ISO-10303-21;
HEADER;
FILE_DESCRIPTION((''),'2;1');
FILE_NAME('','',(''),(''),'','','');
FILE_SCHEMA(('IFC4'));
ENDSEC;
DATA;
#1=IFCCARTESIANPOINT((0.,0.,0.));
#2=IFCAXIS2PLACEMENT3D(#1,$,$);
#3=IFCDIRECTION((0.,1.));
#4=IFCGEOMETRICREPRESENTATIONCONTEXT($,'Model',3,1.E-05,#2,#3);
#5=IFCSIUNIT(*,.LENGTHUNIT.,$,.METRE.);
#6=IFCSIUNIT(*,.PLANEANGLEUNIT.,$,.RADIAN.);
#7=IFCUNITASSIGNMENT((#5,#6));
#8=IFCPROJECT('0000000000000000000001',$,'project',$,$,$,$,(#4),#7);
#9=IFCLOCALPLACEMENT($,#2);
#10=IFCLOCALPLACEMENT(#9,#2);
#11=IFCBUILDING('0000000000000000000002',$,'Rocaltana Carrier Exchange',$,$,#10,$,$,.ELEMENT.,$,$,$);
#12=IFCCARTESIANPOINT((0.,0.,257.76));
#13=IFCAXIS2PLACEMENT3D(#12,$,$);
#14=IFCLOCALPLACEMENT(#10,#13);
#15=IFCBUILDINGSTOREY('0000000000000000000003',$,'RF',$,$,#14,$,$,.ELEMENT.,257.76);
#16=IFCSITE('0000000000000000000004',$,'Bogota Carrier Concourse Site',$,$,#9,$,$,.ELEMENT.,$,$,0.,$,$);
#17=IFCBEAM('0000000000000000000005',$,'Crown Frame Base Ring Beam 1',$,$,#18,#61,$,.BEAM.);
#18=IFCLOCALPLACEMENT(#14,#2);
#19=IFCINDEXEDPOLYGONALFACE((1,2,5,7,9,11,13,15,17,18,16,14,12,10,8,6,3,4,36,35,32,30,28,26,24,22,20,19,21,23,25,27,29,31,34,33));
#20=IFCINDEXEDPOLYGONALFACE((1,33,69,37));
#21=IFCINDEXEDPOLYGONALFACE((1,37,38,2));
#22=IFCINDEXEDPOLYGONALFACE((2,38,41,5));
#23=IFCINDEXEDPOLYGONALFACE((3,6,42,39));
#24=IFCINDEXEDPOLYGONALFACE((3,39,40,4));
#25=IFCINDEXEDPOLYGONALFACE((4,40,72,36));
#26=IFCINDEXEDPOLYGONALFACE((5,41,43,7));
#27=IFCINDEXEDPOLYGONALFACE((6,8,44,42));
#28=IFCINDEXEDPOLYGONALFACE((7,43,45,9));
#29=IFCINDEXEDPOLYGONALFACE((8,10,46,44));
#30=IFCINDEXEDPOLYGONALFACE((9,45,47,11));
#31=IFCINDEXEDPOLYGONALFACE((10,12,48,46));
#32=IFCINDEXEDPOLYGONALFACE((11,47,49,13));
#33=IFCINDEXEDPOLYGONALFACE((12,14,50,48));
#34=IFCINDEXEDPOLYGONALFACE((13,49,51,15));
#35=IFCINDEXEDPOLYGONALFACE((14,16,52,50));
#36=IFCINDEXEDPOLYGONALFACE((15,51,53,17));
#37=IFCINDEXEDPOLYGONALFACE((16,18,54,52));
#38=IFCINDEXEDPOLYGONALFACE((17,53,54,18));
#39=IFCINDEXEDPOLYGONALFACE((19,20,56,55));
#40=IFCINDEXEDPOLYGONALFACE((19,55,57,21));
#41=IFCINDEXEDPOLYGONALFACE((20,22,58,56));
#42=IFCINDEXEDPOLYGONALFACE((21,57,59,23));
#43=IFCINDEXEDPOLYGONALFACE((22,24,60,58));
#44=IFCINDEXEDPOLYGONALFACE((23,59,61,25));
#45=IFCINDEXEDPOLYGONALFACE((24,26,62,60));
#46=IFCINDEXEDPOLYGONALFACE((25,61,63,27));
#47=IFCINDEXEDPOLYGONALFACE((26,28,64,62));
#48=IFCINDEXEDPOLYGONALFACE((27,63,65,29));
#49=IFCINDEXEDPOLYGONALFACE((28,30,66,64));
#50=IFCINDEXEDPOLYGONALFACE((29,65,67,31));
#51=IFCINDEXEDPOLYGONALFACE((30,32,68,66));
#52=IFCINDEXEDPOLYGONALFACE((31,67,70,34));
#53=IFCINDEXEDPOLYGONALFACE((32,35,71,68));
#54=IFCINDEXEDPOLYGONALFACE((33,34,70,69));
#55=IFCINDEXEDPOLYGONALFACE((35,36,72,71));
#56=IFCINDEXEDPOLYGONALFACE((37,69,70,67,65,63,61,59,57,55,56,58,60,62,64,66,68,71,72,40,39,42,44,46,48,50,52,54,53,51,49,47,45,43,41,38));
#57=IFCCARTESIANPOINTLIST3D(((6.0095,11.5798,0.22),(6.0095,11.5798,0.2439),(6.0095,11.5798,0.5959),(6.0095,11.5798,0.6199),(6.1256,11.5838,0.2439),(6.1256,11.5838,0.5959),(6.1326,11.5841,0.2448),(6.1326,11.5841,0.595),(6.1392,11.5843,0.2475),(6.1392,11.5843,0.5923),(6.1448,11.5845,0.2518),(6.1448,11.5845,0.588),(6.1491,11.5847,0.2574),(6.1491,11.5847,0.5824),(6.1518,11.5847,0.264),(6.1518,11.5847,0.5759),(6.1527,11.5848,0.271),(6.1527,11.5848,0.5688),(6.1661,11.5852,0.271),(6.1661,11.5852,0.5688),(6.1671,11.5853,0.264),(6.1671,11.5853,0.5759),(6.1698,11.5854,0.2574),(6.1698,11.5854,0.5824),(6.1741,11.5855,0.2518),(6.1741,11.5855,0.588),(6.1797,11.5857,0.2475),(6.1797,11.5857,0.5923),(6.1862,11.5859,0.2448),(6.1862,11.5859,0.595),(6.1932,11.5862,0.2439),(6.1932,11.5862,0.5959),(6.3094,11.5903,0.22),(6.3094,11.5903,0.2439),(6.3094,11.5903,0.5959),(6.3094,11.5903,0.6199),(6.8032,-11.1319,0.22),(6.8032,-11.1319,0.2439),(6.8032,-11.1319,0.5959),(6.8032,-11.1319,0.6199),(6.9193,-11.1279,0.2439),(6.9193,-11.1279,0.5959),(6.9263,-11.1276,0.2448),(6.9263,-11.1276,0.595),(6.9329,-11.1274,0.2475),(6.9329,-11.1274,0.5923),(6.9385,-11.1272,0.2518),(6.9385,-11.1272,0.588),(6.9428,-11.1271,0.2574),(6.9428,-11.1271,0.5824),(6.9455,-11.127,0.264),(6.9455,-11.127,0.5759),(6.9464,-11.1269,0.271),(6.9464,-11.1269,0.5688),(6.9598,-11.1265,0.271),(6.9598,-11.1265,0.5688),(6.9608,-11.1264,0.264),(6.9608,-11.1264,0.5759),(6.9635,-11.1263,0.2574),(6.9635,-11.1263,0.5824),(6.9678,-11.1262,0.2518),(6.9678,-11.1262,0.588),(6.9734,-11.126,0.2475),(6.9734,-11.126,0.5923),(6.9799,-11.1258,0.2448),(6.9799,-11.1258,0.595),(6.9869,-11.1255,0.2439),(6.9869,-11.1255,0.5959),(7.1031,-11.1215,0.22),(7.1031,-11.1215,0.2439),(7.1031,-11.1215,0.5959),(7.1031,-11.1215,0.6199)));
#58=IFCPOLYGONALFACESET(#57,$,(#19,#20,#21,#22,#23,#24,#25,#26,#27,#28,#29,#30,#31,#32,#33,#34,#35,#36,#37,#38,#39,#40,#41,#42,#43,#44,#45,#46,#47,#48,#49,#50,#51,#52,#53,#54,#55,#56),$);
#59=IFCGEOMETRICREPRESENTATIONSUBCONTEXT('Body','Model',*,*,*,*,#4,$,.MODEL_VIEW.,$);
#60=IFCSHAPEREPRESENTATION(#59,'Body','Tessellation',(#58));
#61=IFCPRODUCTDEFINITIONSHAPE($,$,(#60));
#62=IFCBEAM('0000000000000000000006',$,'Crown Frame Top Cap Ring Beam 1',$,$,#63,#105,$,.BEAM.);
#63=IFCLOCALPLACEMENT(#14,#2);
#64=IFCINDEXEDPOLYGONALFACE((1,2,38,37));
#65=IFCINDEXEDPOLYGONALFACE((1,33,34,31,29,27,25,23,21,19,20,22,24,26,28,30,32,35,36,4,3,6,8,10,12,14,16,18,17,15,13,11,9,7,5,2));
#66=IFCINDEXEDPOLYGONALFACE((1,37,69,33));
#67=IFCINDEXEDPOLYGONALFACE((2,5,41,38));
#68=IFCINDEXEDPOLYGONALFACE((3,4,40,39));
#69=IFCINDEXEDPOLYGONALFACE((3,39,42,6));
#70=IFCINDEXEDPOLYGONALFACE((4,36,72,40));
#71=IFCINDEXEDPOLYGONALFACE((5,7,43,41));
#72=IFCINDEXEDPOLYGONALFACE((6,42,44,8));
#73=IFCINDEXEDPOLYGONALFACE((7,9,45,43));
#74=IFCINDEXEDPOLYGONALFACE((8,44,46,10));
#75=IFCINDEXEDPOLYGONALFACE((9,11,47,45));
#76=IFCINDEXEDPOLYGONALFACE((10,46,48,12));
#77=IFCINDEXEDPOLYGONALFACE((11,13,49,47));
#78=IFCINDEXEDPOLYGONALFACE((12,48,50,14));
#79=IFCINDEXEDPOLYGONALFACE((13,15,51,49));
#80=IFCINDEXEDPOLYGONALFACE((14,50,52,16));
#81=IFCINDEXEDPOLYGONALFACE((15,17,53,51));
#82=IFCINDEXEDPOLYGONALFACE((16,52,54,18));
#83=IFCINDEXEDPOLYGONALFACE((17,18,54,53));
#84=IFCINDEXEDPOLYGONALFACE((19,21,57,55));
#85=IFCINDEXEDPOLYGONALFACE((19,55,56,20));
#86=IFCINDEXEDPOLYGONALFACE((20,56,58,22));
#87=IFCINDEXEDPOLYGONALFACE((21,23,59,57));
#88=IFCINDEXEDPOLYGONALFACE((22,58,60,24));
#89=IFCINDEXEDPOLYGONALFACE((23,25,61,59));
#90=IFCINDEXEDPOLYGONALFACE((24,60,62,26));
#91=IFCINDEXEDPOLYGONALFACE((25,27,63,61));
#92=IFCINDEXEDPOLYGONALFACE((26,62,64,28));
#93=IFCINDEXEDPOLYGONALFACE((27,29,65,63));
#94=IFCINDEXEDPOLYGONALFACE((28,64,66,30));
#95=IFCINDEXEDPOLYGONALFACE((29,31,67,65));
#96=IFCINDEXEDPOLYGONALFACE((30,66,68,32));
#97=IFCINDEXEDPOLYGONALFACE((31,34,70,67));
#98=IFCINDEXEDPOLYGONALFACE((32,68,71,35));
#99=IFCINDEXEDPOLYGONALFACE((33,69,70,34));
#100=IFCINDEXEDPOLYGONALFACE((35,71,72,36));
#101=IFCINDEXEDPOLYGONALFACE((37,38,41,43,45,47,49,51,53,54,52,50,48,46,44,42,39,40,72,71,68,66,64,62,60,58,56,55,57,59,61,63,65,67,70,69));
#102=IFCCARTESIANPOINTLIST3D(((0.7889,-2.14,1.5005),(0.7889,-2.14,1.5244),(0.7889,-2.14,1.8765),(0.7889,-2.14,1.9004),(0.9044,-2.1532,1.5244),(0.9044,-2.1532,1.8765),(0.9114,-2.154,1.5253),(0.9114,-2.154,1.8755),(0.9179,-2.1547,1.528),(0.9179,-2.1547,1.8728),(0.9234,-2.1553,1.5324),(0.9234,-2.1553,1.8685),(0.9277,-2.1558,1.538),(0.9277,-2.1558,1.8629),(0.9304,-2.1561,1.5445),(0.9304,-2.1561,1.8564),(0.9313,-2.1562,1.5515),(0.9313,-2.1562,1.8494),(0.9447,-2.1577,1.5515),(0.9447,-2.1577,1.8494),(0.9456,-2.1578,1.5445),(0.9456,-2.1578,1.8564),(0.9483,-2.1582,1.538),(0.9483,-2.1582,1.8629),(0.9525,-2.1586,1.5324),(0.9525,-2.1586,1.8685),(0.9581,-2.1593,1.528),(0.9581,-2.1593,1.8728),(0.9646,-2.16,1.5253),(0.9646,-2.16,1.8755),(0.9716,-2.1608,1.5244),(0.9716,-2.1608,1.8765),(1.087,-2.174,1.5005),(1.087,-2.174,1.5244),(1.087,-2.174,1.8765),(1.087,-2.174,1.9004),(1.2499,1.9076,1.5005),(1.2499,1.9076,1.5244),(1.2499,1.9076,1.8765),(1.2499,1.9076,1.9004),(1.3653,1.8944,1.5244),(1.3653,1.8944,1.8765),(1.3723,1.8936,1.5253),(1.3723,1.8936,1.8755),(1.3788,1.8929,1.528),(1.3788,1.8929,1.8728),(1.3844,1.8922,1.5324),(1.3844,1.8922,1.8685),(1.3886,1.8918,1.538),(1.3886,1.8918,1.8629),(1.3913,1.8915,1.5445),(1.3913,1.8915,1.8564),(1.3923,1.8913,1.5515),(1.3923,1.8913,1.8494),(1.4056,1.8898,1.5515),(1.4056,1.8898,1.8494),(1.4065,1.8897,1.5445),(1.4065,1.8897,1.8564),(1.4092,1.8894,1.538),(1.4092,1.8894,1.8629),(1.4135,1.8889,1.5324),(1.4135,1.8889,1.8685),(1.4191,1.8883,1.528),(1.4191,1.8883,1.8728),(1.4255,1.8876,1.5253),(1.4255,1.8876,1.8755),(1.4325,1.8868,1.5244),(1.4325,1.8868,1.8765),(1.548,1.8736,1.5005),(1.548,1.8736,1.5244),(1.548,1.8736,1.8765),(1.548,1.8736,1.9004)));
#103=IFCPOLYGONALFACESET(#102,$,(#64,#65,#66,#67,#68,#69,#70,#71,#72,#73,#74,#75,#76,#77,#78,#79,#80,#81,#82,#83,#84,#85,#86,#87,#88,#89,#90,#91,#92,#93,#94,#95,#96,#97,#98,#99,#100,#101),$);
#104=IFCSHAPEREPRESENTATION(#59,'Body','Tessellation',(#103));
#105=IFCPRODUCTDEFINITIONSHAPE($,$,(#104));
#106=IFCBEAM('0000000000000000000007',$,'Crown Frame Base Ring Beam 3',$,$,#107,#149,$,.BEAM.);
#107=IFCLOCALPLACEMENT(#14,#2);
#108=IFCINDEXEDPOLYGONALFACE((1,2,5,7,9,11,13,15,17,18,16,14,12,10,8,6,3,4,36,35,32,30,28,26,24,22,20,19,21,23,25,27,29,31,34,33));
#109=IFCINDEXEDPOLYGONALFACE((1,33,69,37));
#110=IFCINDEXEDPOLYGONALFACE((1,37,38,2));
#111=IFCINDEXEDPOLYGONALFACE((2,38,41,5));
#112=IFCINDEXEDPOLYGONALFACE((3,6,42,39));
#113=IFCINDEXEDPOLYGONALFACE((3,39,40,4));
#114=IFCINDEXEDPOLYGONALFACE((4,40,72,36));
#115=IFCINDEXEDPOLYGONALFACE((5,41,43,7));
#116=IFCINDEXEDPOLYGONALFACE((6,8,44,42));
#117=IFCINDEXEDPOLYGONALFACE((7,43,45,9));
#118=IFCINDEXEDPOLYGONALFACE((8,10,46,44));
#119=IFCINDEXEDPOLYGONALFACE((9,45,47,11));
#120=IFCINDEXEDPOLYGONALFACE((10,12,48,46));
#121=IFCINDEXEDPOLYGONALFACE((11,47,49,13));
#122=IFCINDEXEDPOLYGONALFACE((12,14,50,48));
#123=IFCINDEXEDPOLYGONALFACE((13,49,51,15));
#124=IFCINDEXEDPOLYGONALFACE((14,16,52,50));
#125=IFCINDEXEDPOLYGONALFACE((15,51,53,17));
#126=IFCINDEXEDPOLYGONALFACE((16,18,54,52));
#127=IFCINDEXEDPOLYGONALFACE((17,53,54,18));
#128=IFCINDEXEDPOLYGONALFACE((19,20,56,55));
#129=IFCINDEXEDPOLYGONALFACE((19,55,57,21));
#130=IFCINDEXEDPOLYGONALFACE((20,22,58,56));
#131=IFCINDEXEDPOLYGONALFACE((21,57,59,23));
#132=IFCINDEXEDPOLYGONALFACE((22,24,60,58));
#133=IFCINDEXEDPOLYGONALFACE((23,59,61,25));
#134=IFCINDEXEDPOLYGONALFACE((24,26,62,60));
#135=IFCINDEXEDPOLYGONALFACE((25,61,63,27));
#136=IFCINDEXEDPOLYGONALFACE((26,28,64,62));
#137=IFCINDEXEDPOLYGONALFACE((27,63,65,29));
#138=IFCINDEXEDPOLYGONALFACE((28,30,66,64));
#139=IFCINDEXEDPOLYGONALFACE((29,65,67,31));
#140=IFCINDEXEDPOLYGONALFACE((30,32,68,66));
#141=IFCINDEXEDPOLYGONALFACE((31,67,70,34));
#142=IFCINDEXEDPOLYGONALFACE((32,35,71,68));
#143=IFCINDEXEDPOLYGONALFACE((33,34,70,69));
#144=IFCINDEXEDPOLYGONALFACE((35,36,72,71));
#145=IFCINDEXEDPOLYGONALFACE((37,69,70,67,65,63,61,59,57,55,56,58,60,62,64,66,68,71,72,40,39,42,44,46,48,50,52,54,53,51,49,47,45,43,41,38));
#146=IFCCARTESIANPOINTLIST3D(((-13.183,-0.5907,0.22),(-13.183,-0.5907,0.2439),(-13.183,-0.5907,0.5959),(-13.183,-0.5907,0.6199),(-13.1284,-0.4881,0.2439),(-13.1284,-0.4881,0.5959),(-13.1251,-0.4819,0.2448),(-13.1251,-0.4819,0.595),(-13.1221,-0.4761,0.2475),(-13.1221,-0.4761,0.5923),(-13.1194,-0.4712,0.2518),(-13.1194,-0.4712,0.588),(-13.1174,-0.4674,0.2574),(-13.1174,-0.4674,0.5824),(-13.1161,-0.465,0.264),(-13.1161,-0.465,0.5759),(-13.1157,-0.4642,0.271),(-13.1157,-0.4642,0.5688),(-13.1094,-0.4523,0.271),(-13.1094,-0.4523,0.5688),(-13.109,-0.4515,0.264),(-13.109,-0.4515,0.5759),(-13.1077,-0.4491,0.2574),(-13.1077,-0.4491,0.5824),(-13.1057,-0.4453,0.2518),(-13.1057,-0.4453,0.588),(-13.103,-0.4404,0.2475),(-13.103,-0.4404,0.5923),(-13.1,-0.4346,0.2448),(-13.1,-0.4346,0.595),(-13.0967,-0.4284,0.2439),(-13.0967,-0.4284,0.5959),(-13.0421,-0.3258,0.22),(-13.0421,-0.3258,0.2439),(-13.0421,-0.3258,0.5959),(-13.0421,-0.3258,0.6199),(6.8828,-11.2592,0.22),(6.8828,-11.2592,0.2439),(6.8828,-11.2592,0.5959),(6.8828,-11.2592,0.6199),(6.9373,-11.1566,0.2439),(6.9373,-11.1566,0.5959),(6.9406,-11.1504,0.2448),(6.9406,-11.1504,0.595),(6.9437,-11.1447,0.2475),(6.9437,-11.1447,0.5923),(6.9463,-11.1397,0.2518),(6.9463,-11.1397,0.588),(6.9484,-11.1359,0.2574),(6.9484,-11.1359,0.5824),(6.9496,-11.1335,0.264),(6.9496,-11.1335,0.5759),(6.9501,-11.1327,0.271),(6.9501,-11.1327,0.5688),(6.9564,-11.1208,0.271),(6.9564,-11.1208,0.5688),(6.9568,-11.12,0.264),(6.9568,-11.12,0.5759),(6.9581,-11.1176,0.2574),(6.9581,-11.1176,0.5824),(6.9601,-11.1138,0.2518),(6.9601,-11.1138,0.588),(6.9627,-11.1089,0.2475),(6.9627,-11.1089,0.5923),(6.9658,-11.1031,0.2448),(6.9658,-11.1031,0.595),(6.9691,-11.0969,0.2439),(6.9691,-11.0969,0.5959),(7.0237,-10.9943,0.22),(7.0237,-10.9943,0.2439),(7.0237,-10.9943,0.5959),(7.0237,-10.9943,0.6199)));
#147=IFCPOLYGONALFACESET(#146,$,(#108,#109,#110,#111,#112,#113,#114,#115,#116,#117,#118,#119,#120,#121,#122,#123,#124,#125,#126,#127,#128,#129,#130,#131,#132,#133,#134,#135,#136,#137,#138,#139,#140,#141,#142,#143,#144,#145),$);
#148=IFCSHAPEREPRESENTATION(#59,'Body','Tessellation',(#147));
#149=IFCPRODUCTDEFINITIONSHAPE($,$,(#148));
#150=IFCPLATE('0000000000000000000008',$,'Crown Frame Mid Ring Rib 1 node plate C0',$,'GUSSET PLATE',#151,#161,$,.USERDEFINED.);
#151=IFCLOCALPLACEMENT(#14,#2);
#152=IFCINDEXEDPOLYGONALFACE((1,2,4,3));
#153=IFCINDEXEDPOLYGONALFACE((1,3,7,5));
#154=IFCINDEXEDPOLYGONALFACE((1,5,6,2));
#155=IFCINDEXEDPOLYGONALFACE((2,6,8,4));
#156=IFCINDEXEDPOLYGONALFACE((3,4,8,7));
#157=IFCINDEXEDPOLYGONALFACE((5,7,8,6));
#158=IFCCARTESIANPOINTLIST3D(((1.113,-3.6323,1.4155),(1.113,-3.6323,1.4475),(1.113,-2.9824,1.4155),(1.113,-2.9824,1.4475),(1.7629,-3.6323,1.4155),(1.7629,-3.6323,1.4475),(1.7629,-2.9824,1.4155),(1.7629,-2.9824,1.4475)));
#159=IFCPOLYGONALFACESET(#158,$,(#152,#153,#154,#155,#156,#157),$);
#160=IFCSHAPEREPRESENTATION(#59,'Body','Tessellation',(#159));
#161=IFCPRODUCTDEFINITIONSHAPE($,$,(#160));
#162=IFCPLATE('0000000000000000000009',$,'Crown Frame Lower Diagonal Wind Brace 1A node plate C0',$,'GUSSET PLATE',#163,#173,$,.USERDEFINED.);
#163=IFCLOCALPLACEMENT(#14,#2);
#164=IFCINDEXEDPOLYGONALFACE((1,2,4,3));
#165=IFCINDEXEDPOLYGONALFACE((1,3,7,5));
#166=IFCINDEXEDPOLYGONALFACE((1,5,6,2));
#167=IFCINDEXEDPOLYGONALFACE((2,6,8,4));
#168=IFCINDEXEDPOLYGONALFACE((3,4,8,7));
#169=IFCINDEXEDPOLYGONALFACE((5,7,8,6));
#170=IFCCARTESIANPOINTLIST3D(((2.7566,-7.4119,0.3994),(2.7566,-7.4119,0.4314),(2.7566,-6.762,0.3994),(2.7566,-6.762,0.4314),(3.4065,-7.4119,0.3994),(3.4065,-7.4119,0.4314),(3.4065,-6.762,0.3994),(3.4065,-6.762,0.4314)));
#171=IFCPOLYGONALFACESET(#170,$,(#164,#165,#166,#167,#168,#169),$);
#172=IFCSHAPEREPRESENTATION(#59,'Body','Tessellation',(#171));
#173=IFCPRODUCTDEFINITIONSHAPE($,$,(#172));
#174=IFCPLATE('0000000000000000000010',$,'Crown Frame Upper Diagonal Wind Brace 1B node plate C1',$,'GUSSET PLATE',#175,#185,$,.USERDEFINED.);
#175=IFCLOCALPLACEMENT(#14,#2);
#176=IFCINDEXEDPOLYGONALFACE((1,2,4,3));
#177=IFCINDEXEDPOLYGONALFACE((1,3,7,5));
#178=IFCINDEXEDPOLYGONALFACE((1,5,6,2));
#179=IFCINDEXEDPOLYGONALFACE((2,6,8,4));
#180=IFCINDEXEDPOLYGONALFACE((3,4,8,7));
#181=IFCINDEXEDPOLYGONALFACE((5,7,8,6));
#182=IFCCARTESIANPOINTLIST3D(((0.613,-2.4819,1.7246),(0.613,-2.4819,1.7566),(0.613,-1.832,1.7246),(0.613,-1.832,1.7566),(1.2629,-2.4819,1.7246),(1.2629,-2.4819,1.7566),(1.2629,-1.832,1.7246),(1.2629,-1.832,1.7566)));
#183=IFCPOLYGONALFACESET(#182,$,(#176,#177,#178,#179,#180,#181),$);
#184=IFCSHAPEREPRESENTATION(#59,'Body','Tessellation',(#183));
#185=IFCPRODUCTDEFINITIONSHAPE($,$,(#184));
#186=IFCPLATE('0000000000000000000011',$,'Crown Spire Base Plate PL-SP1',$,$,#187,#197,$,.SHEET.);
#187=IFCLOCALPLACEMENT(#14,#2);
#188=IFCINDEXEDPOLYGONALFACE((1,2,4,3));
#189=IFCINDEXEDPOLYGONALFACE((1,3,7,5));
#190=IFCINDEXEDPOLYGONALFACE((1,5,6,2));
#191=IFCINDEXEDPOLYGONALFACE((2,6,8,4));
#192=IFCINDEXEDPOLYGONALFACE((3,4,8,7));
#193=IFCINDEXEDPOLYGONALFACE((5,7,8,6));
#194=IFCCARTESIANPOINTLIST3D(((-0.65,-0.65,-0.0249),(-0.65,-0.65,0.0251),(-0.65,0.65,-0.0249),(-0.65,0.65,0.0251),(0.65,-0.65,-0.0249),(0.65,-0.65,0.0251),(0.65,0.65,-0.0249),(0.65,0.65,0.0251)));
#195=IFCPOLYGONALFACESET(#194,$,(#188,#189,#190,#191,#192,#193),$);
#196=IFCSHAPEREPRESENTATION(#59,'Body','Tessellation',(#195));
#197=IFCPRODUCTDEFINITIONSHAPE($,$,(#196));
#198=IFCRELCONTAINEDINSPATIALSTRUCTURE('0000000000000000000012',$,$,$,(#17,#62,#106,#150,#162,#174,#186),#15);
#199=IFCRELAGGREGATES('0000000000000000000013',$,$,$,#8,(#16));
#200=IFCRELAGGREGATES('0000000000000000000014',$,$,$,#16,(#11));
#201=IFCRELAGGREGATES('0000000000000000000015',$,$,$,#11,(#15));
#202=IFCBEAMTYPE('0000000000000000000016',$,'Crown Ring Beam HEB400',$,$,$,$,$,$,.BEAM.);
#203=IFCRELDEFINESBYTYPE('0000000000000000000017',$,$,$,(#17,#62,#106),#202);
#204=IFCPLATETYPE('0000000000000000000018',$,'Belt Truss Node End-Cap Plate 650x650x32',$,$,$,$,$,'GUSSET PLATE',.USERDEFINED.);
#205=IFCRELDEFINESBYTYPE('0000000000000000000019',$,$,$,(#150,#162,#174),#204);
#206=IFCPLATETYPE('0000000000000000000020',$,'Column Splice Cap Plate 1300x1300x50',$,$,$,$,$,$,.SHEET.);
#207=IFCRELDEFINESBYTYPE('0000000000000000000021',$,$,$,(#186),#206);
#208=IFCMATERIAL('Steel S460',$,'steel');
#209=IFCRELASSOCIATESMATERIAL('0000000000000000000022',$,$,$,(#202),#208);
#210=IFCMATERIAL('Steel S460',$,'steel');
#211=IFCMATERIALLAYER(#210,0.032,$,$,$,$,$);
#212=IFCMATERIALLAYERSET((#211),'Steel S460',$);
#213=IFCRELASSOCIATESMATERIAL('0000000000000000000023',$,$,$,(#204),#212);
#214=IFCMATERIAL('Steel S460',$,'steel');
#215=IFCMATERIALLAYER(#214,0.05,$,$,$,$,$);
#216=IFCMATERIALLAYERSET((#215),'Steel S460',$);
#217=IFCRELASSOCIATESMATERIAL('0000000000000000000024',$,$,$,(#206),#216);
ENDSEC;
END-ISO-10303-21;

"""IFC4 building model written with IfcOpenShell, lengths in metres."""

from ifc_helpers import new_model, si_unit, direction, frame, origin, origin_2d, place, context, subcontext, project, spatial, rectangle, i_section, extrude, material, layer, layer_set, material_profile, profile_set, type_object, element, save


model = new_model("IFC4")

# Units and contexts
model_context = context("Model", 3, precision=1e-05, world=origin(), true_north=direction((0.0, 1.0)))
body_context = subcontext(model_context, "Body", "Model", "MODEL_VIEW")
ifc_project = project(units=[si_unit("LENGTHUNIT", "METRE"), si_unit("PLANEANGLEUNIT", "RADIAN")], contexts=[model_context])

# Site, building, storey
site_placement = place(None, origin())
site = spatial("IfcSite", under=ifc_project, at=site_placement, Name="Bogota Carrier Concourse Site", CompositionType="ELEMENT", RefElevation=0.0)
building_placement = place(site_placement, origin())
building = spatial("IfcBuilding", under=site, at=building_placement, Name="Rocaltana Carrier Exchange", CompositionType="ELEMENT")
storey_placement = place(building_placement, frame((0.0, 0.0, 257.76)))
storey = spatial("IfcBuildingStorey", under=building, at=storey_placement, Name="RF", CompositionType="ELEMENT", Elevation=257.76)

# Beams
ifc_material_1 = material(Name="Steel S460", Category="steel")
ifc_material_profile_1 = material_profile(ifc_material_1, i_section(OverallWidth=0.3, OverallDepth=0.3999, WebThickness=0.0134, FlangeThickness=0.0239, FilletRadius=0.0271, at=origin_2d()), Name="HEB400")
ifc_profile_set_1 = profile_set([ifc_material_profile_1], Name="Steel S460")
beam_type_1 = type_object("IfcBeamType", Name="Crown Ring Beam HEB400", PredefinedType="BEAM", material=ifc_profile_set_1)
beam_1_placement = place(storey_placement, frame((6.9531, -11.1267, 0.4199), z_axis=(-0.034926, 0.99939, 0.0), x_axis=(-0.99939, -0.034926, 0.0)))
element("IfcBeam", 1, at=beam_1_placement, inside=storey, type_object=beam_type_1, Name="Crown Frame Base Ring Beam 1", PredefinedType="BEAM", context=body_context, shape_type="SweptSolid", body=[
    extrude(i_section(OverallWidth=0.3, OverallDepth=0.3999, WebThickness=0.0134, FlangeThickness=0.0239, FilletRadius=0.0271, at=origin_2d()), origin(), (0.0, 0.0, 1.0), 22.7256),
])
beam_2_placement = place(storey_placement, frame((0.938, -2.157, 1.7004), z_axis=(0.113148, 0.993578, 0.0), x_axis=(-0.993578, 0.113148, 0.0)))
element("IfcBeam", 2, at=beam_2_placement, inside=storey, type_object=beam_type_1, Name="Crown Frame Top Cap Ring Beam 1", PredefinedType="BEAM", context=body_context, shape_type="SweptSolid", body=[
    extrude(i_section(OverallWidth=0.3, OverallDepth=0.3999, WebThickness=0.0134, FlangeThickness=0.0239, FilletRadius=0.0271, at=origin_2d()), origin(), (0.0, 0.0, 1.0), 4.0737),
])
beam_3_placement = place(storey_placement, frame((-13.1125, -0.4583, 0.4199), z_axis=(0.882959, -0.469449, 0.0), x_axis=(0.469449, 0.882959, 0.0)))
element("IfcBeam", 3, at=beam_3_placement, inside=storey, type_object=beam_type_1, Name="Crown Frame Base Ring Beam 3", PredefinedType="BEAM", context=body_context, shape_type="SweptSolid", body=[
    extrude(i_section(OverallWidth=0.3, OverallDepth=0.3999, WebThickness=0.0134, FlangeThickness=0.0239, FilletRadius=0.0271, at=origin_2d()), origin(), (0.0, 0.0, 1.0), 22.7256),
])

# Plates
ifc_material_2 = material(Name="Steel S460", Category="steel")
ifc_layer_1 = layer(ifc_material_2, 0.032)
ifc_layer_set_1 = layer_set([ifc_layer_1], Name="Steel S460")
plate_type_1 = type_object("IfcPlateType", Name="Belt Truss Node End-Cap Plate 650x650x32", ElementType="GUSSET PLATE", PredefinedType="USERDEFINED", material=ifc_layer_set_1)
for number, where, z_axis, x_axis, name in (
    (4, (1.438, -3.3074, 1.4155), (0.0, 0.0, 1.0), (1.0, 0.0, 0.0), "Crown Frame Mid Ring Rib 1 node plate C0"),
    (5, (3.0815, -7.0869, 0.3994), (0.0, 0.0, 1.0), (1.0, 0.0, 0.0), "Crown Frame Lower Diagonal Wind Brace 1A node plate C0"),
    (6, (0.938, -2.157, 1.7246), (0.0, 0.0, 1.0), (1.0, 0.0, 0.0), "Crown Frame Upper Diagonal Wind Brace 1B node plate C1"),
):
    element("IfcPlate", number, at=place(storey_placement, frame(where, z_axis=z_axis, x_axis=x_axis)), inside=storey, type_object=plate_type_1, Name=name, ObjectType="GUSSET PLATE", PredefinedType="USERDEFINED", context=body_context, shape_type="SweptSolid", body=[
        extrude(rectangle(XDim=0.6499, YDim=0.6499, at=origin_2d()), origin(), (0.0, 0.0, 1.0), 0.032),
    ])
ifc_material_3 = material(Name="Steel S460", Category="steel")
ifc_layer_2 = layer(ifc_material_3, 0.05)
ifc_layer_set_2 = layer_set([ifc_layer_2], Name="Steel S460")
plate_type_2 = type_object("IfcPlateType", Name="Column Splice Cap Plate 1300x1300x50", PredefinedType="SHEET", material=ifc_layer_set_2)
plate_1_placement = place(storey_placement, frame((0.0, 0.0, -0.0249), z_axis=(0.0, 0.0, 1.0), x_axis=(1.0, 0.0, 0.0)))
element("IfcPlate", 7, at=plate_1_placement, inside=storey, type_object=plate_type_2, Name="Crown Spire Base Plate PL-SP1", PredefinedType="SHEET", context=body_context, shape_type="SweptSolid", body=[
    extrude(rectangle(XDim=1.3, YDim=1.3, at=origin_2d()), origin(), (0.0, 0.0, 1.0), 0.05),
])

save(model, "model.ifc")
